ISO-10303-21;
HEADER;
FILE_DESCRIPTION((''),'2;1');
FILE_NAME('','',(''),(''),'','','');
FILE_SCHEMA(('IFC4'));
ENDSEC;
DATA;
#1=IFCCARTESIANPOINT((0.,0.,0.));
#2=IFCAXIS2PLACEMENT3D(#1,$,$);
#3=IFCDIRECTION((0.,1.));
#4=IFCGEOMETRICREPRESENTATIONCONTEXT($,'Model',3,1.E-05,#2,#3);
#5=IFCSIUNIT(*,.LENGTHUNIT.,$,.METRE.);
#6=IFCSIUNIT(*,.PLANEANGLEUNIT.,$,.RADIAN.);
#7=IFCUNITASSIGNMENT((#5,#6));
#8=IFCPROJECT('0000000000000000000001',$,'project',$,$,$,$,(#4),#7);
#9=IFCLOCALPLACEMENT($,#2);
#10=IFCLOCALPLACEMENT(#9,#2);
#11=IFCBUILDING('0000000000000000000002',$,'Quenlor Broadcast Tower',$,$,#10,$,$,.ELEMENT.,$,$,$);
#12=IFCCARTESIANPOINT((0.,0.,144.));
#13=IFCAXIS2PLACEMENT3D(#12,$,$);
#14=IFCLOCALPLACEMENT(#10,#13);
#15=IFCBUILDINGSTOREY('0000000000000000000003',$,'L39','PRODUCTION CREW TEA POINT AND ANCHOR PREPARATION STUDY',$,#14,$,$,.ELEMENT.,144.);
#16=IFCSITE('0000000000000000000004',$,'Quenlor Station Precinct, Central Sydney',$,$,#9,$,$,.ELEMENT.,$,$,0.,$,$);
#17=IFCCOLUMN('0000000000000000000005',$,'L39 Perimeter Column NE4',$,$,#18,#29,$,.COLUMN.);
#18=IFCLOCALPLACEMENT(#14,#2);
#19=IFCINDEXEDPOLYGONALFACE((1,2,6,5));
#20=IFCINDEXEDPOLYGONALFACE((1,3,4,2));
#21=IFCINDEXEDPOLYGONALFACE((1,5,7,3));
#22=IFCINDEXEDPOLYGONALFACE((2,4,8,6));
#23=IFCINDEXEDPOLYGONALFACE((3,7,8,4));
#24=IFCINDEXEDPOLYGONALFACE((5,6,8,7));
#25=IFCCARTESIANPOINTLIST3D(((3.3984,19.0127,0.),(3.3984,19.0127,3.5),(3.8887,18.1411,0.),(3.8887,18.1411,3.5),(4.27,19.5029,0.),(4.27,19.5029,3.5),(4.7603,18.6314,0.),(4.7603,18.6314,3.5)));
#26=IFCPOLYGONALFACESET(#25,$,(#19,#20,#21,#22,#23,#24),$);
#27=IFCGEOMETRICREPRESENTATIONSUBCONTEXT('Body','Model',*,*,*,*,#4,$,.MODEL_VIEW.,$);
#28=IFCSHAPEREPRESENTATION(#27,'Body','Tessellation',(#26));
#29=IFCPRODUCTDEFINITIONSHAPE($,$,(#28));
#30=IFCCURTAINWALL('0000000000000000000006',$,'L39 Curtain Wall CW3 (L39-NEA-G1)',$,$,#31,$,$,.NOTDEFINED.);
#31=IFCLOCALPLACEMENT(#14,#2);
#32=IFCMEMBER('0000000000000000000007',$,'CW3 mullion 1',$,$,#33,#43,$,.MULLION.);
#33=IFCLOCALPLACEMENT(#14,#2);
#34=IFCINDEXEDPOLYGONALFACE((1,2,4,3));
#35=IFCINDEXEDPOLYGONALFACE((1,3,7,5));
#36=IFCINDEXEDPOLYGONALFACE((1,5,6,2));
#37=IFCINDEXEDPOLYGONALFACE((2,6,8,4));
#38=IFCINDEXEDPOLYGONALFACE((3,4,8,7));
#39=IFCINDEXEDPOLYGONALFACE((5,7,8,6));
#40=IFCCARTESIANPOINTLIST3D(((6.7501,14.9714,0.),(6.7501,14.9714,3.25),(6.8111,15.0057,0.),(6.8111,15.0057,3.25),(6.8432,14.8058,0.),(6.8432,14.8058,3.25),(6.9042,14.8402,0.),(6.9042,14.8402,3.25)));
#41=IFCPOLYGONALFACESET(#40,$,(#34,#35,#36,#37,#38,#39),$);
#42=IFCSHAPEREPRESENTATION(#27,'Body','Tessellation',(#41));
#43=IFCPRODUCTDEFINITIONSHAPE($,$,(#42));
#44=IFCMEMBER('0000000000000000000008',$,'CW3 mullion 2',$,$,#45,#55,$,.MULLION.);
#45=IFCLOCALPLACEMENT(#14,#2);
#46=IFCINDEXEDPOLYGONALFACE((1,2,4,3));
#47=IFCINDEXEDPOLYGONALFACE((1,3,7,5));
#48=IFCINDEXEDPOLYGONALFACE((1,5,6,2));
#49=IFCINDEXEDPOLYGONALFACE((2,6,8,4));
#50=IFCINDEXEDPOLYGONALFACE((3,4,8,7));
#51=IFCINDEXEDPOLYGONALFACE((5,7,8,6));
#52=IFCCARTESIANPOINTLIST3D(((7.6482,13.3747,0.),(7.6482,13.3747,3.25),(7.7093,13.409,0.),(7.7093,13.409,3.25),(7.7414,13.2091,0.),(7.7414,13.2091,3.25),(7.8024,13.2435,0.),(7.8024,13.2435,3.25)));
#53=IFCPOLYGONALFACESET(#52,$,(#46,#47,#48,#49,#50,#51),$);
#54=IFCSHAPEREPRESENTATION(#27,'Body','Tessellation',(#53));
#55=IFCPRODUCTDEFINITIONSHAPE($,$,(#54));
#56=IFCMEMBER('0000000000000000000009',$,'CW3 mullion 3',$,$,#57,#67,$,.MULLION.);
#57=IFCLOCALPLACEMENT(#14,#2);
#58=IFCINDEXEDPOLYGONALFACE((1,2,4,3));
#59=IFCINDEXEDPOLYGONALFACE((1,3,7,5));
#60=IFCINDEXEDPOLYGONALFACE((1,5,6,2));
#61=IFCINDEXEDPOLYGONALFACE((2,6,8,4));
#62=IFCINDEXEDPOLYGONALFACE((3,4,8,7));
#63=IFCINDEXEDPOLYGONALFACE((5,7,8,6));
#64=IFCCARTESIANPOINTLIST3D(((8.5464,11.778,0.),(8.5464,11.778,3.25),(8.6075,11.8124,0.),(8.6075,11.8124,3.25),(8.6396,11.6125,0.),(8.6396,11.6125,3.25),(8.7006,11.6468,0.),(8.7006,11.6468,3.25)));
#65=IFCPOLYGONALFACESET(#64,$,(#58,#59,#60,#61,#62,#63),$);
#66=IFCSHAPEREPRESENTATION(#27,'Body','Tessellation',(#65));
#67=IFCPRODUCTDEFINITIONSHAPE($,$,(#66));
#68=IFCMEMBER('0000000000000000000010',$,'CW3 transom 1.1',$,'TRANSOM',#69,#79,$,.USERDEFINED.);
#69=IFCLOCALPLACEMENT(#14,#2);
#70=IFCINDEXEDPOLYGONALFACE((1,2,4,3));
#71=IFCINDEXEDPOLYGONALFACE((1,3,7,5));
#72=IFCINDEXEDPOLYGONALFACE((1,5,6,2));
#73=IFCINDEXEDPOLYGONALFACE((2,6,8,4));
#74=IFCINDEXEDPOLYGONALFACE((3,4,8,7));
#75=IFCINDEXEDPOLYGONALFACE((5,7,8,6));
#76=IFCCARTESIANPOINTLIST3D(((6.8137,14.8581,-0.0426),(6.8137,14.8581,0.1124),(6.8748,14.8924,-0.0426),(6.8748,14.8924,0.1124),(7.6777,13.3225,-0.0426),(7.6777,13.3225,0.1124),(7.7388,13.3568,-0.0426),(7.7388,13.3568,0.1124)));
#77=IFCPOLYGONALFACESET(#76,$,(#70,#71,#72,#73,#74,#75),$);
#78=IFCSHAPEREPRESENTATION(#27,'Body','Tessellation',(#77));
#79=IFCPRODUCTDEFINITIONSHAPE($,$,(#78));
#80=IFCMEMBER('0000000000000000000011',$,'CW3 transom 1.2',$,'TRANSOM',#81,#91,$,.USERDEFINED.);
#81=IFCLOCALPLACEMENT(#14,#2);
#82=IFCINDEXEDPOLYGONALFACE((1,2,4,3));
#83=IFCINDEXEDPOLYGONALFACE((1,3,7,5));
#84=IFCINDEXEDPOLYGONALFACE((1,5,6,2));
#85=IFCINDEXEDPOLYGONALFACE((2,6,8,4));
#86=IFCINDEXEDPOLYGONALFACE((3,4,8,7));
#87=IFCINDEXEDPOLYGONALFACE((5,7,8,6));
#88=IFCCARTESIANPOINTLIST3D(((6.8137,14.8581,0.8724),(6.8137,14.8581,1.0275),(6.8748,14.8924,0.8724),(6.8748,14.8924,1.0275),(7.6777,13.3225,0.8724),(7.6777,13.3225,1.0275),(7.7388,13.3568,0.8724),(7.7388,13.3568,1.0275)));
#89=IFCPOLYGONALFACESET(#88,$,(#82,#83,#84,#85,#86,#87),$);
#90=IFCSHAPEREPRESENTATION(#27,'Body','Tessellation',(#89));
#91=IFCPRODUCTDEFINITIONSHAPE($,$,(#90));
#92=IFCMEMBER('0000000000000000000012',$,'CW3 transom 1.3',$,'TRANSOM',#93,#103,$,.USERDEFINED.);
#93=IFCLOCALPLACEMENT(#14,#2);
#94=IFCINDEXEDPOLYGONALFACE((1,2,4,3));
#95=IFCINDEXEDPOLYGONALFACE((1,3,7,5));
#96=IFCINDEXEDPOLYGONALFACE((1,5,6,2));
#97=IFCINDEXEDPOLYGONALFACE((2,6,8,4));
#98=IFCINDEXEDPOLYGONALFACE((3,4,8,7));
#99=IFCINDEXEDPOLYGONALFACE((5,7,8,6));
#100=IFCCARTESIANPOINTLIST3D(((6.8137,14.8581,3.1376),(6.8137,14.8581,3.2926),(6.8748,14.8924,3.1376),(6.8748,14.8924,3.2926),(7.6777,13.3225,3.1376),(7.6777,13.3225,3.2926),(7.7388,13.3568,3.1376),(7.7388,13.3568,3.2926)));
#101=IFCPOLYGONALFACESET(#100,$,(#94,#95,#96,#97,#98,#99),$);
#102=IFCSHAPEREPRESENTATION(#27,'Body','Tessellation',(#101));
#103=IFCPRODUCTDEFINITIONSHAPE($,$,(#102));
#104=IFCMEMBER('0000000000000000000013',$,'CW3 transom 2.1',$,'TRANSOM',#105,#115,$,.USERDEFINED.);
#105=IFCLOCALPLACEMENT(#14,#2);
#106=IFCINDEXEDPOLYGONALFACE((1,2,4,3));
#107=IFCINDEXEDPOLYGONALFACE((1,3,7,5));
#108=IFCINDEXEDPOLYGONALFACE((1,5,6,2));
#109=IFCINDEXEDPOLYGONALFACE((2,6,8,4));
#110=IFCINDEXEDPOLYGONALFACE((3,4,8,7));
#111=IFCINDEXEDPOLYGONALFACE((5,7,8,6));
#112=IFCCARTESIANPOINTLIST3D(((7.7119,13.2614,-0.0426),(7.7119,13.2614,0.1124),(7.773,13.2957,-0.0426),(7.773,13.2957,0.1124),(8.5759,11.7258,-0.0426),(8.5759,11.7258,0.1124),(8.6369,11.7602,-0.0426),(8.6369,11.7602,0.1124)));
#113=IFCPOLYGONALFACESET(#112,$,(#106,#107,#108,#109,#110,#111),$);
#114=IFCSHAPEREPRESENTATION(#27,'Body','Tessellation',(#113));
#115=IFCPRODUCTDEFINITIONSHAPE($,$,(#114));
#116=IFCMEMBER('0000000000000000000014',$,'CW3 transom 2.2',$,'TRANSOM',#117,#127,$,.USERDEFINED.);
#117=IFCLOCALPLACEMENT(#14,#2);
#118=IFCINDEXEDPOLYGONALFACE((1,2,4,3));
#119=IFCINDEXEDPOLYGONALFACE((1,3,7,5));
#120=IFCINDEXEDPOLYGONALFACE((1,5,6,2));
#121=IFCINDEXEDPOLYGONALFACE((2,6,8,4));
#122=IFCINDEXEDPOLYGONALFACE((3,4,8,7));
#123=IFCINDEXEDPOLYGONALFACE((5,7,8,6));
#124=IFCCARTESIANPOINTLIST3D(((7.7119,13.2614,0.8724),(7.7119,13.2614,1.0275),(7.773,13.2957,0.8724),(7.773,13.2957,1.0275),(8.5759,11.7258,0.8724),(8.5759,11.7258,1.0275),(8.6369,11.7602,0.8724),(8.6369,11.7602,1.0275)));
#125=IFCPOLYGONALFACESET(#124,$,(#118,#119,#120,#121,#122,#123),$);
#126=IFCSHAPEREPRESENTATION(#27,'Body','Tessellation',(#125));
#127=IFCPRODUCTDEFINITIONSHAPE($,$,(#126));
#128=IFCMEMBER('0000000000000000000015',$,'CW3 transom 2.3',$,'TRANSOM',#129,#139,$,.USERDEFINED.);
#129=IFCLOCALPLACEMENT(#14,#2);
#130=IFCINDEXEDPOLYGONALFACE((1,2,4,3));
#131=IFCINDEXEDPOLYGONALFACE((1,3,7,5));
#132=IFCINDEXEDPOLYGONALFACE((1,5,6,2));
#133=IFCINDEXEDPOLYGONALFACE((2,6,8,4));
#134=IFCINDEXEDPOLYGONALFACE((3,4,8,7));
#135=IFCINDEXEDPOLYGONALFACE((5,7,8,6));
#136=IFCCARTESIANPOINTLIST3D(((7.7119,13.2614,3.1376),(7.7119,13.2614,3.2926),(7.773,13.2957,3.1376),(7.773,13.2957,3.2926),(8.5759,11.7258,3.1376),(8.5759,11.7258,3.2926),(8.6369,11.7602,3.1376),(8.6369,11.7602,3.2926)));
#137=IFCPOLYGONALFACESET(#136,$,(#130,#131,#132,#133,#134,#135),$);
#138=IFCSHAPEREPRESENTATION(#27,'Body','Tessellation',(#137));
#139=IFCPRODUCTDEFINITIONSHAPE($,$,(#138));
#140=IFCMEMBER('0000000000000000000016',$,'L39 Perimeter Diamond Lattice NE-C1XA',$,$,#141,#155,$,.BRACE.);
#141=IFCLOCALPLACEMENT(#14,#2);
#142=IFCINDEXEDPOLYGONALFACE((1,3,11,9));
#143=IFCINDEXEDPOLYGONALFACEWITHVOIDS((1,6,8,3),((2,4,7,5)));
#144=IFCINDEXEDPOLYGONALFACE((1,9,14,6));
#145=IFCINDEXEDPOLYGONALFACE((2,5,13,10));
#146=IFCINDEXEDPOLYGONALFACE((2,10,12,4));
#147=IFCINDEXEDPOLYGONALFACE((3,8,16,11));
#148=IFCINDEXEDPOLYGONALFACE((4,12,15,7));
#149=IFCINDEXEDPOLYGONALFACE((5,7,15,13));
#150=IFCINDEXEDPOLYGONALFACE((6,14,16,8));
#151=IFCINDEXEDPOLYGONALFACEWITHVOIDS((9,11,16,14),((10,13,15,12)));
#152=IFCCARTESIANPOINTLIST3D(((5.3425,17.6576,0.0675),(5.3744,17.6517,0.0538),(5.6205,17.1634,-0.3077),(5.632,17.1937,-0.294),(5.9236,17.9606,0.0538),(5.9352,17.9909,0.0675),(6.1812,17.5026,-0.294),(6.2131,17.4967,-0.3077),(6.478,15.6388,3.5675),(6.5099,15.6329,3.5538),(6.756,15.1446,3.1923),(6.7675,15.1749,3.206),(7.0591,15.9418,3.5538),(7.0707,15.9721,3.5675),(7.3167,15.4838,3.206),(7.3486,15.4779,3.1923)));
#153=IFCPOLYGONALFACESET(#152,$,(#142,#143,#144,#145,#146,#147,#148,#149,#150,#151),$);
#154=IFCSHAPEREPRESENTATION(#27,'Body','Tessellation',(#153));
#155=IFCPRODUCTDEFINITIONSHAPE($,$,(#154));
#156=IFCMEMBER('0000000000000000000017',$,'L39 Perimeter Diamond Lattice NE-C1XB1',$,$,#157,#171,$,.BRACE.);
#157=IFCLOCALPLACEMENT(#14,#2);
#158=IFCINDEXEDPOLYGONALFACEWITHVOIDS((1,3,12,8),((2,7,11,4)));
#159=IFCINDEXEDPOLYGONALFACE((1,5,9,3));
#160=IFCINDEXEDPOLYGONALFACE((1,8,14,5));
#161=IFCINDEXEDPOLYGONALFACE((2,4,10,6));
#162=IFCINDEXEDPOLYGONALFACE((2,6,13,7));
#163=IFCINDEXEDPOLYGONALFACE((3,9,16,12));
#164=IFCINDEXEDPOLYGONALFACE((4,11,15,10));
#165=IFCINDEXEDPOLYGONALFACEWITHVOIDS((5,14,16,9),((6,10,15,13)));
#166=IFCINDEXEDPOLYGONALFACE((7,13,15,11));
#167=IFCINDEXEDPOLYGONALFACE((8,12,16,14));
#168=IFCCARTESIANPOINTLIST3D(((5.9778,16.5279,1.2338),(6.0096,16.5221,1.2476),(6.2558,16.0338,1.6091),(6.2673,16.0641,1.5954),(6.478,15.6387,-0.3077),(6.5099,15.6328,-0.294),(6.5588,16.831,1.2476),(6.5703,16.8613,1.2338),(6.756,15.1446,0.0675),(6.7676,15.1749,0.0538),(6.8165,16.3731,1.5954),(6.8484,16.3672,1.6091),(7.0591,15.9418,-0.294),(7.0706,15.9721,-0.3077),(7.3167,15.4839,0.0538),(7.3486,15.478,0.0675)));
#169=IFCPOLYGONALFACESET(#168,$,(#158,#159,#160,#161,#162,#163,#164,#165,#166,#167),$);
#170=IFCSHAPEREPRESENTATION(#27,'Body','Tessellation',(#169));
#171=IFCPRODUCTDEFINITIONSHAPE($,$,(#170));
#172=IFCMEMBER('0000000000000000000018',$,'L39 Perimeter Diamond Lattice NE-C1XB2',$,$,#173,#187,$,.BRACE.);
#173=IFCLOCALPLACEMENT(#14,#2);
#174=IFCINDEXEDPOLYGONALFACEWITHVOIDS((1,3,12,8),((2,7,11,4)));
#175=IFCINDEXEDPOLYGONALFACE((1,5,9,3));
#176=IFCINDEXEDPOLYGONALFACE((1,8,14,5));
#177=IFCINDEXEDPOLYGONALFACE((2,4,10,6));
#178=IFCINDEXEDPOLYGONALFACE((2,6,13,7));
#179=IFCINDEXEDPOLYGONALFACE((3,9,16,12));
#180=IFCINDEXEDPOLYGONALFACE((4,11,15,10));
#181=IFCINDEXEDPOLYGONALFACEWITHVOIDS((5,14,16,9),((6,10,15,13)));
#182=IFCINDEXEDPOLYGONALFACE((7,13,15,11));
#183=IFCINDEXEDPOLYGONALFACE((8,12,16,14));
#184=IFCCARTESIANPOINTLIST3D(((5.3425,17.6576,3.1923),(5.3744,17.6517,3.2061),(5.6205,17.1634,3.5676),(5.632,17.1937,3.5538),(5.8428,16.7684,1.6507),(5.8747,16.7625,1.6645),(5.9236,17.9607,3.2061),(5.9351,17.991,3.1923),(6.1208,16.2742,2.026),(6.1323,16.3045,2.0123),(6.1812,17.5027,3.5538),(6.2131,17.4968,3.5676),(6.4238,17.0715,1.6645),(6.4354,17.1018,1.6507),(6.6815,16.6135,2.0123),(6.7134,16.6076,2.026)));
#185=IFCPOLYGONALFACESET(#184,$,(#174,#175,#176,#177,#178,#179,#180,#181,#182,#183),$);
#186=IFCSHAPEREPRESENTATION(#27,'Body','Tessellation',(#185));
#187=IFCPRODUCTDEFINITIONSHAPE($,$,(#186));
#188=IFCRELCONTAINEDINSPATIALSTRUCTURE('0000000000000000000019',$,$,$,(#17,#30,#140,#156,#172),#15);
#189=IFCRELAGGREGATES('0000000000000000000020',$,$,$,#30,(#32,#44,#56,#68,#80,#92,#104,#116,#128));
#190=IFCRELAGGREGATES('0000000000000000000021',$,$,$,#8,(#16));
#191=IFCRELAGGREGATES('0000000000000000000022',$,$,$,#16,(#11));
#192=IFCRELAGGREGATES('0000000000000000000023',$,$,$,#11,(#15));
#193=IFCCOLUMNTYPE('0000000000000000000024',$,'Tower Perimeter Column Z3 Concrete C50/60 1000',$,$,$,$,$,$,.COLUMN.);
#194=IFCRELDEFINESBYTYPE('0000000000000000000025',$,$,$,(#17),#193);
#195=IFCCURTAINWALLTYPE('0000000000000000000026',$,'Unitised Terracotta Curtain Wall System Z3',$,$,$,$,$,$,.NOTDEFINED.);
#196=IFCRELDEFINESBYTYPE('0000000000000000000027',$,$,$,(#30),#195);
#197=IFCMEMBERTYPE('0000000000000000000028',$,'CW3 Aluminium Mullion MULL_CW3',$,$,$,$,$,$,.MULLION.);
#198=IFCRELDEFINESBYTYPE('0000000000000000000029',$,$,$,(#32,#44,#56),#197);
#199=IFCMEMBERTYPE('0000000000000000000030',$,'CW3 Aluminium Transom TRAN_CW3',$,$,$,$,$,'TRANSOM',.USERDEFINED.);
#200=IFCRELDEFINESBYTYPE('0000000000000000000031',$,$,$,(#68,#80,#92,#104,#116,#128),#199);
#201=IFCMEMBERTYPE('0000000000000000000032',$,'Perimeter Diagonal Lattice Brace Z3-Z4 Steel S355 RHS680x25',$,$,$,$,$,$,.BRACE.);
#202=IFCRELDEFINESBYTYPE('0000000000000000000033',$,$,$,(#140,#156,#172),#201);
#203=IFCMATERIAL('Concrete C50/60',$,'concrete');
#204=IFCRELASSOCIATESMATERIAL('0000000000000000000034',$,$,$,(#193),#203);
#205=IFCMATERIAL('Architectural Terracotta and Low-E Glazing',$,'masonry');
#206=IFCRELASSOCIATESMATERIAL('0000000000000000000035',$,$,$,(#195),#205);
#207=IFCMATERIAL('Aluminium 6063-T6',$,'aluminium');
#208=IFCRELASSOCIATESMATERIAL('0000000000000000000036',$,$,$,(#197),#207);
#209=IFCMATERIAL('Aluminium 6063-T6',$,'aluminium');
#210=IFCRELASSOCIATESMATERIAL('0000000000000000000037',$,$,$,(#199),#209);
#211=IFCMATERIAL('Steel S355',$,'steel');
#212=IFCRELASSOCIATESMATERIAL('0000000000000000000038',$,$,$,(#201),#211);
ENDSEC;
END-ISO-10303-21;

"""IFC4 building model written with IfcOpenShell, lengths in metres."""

from ifc_helpers import new_model, si_unit, direction, frame, origin, origin_2d, place, context, subcontext, project, spatial, rectangle, hollow_rectangle, extrude, material, material_profile, profile_set, type_object, element, aggregate, save


model = new_model("IFC4")

# Units and contexts
model_context = context("Model", 3, precision=1e-05, world=origin(), true_north=direction((0.0, 1.0)))
body_context = subcontext(model_context, "Body", "Model", "MODEL_VIEW")
ifc_project = project(units=[si_unit("LENGTHUNIT", "METRE"), si_unit("PLANEANGLEUNIT", "RADIAN")], contexts=[model_context])

# Site, building, storey
site_placement = place(None, origin())
site = spatial("IfcSite", under=ifc_project, at=site_placement, Name="Quenlor Station Precinct, Central Sydney", CompositionType="ELEMENT", RefElevation=0.0)
building_placement = place(site_placement, origin())
building = spatial("IfcBuilding", under=site, at=building_placement, Name="Quenlor Broadcast Tower", CompositionType="ELEMENT")
storey_placement = place(building_placement, frame((0.0, 0.0, 144.0)))
storey = spatial("IfcBuildingStorey", under=building, at=storey_placement, Name="L39", Description="PRODUCTION CREW TEA POINT AND ANCHOR PREPARATION STUDY", CompositionType="ELEMENT", Elevation=144.0)

# Column
ifc_material_1 = material(Name="Concrete C50/60", Category="concrete")
ifc_material_profile_1 = material_profile(ifc_material_1, rectangle(XDim=1.0, YDim=1.0, at=origin_2d()))
ifc_profile_set_1 = profile_set([ifc_material_profile_1], Name="Concrete C50/60 RC1000x1000")
column_type = type_object("IfcColumnType", Name="Tower Perimeter Column Z3 Concrete C50/60 1000", PredefinedType="COLUMN", material=ifc_profile_set_1)
column_placement = place(storey_placement, frame((4.0793, 18.822, 0.0), z_axis=(0.0, 0.0, 1.0), x_axis=(0.871575, 0.490262, 0.0)))
element("IfcColumn", 1, at=column_placement, inside=storey, type_object=column_type, Name="L39 Perimeter Column NE4", PredefinedType="COLUMN", context=body_context, shape_type="SweptSolid", body=[
    extrude(rectangle(XDim=1.0, YDim=1.0, at=origin_2d()), origin(), (0.0, 0.0, 1.0), 3.5),
])

# Curtain wall, members
ifc_material_2 = material(Name="Architectural Terracotta and Low-E Glazing", Category="masonry")
curtain_wall_type = type_object("IfcCurtainWallType", Name="Unitised Terracotta Curtain Wall System Z3", PredefinedType="NOTDEFINED", material=ifc_material_2)
curtain_wall_placement = place(storey_placement, origin())
curtain_wall = element("IfcCurtainWall", 2, at=curtain_wall_placement, inside=storey, type_object=curtain_wall_type, Name="L39 Curtain Wall CW3 (L39-NEA-G1)", PredefinedType="NOTDEFINED")
ifc_material_3 = material(Name="Aluminium 6063-T6", Category="aluminium")
ifc_material_profile_2 = material_profile(ifc_material_3, rectangle(XDim=0.0701, YDim=0.1899, at=origin_2d()))
ifc_profile_set_2 = profile_set([ifc_material_profile_2], Name="Aluminium 6063-T6 MULL70x190")
member_type_1 = type_object("IfcMemberType", Name="CW3 Aluminium Mullion MULL_CW3", PredefinedType="MULLION", material=ifc_profile_set_2)
member_1_placement = place(storey_placement, frame((6.8271, 14.9058, 0.0), z_axis=(0.0, 0.0, 1.0), x_axis=(0.871571, 0.49027, 0.0)))
member_1 = element("IfcMember", 3, at=member_1_placement, type_object=member_type_1, Name="CW3 mullion 1", PredefinedType="MULLION", context=body_context, shape_type="SweptSolid", body=[
    extrude(rectangle(XDim=0.0701, YDim=0.1899, at=origin_2d()), origin(), (0.0, 0.0, 1.0), 3.25),
])
member_2_placement = place(storey_placement, frame((7.7253, 13.3091, 0.0), z_axis=(0.0, 0.0, 1.0), x_axis=(0.871571, 0.49027, 0.0)))
member_2 = element("IfcMember", 4, at=member_2_placement, type_object=member_type_1, Name="CW3 mullion 2", PredefinedType="MULLION", context=body_context, shape_type="SweptSolid", body=[
    extrude(rectangle(XDim=0.0701, YDim=0.1899, at=origin_2d()), origin(), (0.0, 0.0, 1.0), 3.25),
])
member_3_placement = place(storey_placement, frame((8.6235, 11.7124, 0.0), z_axis=(0.0, 0.0, 1.0), x_axis=(0.871571, 0.49027, 0.0)))
member_3 = element("IfcMember", 5, at=member_3_placement, type_object=member_type_1, Name="CW3 mullion 3", PredefinedType="MULLION", context=body_context, shape_type="SweptSolid", body=[
    extrude(rectangle(XDim=0.0701, YDim=0.1899, at=origin_2d()), origin(), (0.0, 0.0, 1.0), 3.25),
])
ifc_material_4 = material(Name="Aluminium 6063-T6", Category="aluminium")
ifc_material_profile_3 = material_profile(ifc_material_4, rectangle(XDim=0.0701, YDim=0.155, at=origin_2d()))
ifc_profile_set_3 = profile_set([ifc_material_profile_3], Name="Aluminium 6063-T6 TRAN70x155")
member_type_2 = type_object("IfcMemberType", Name="CW3 Aluminium Transom TRAN_CW3", ElementType="TRANSOM", PredefinedType="USERDEFINED", material=ifc_profile_set_3)
member_4_placement = place(storey_placement, frame((6.8442, 14.8752, 0.0349), z_axis=(0.490353, -0.871524, 0.0), x_axis=(0.871524, 0.490353, 0.0)))
member_4 = element("IfcMember", 6, at=member_4_placement, type_object=member_type_2, Name="CW3 transom 1.1", ObjectType="TRANSOM", PredefinedType="USERDEFINED", context=body_context, shape_type="SweptSolid", body=[
    extrude(rectangle(XDim=0.0701, YDim=0.155, at=origin_2d()), origin(), (0.0, 0.0, 1.0), 1.762),
])
member_5_placement = place(storey_placement, frame((6.8442, 14.8752, 0.95), z_axis=(0.490353, -0.871524, 0.0), x_axis=(0.871524, 0.490353, 0.0)))
member_5 = element("IfcMember", 7, at=member_5_placement, type_object=member_type_2, Name="CW3 transom 1.2", ObjectType="TRANSOM", PredefinedType="USERDEFINED", context=body_context, shape_type="SweptSolid", body=[
    extrude(rectangle(XDim=0.0701, YDim=0.155, at=origin_2d()), origin(), (0.0, 0.0, 1.0), 1.762),
])
member_6_placement = place(storey_placement, frame((6.8442, 14.8752, 3.2151), z_axis=(0.490353, -0.871524, 0.0), x_axis=(0.871524, 0.490353, 0.0)))
member_6 = element("IfcMember", 8, at=member_6_placement, type_object=member_type_2, Name="CW3 transom 1.3", ObjectType="TRANSOM", PredefinedType="USERDEFINED", context=body_context, shape_type="SweptSolid", body=[
    extrude(rectangle(XDim=0.0701, YDim=0.155, at=origin_2d()), origin(), (0.0, 0.0, 1.0), 1.762),
])
member_7_placement = place(storey_placement, frame((7.7424, 13.2786, 0.0349), z_axis=(0.490353, -0.871524, 0.0), x_axis=(0.871524, 0.490353, 0.0)))
member_7 = element("IfcMember", 9, at=member_7_placement, type_object=member_type_2, Name="CW3 transom 2.1", ObjectType="TRANSOM", PredefinedType="USERDEFINED", context=body_context, shape_type="SweptSolid", body=[
    extrude(rectangle(XDim=0.0701, YDim=0.155, at=origin_2d()), origin(), (0.0, 0.0, 1.0), 1.762),
])
member_8_placement = place(storey_placement, frame((7.7424, 13.2786, 0.95), z_axis=(0.490353, -0.871524, 0.0), x_axis=(0.871524, 0.490353, 0.0)))
member_8 = element("IfcMember", 10, at=member_8_placement, type_object=member_type_2, Name="CW3 transom 2.2", ObjectType="TRANSOM", PredefinedType="USERDEFINED", context=body_context, shape_type="SweptSolid", body=[
    extrude(rectangle(XDim=0.0701, YDim=0.155, at=origin_2d()), origin(), (0.0, 0.0, 1.0), 1.762),
])
member_9_placement = place(storey_placement, frame((7.7424, 13.2786, 3.2151), z_axis=(0.490353, -0.871524, 0.0), x_axis=(0.871524, 0.490353, 0.0)))
member_9 = element("IfcMember", 11, at=member_9_placement, type_object=member_type_2, Name="CW3 transom 2.3", ObjectType="TRANSOM", PredefinedType="USERDEFINED", context=body_context, shape_type="SweptSolid", body=[
    extrude(rectangle(XDim=0.0701, YDim=0.155, at=origin_2d()), origin(), (0.0, 0.0, 1.0), 1.762),
])

# Members
ifc_material_5 = material(Name="Steel S355", Category="steel")
ifc_material_profile_4 = material_profile(ifc_material_5, hollow_rectangle(XDim=0.6799, YDim=0.6799, WallThickness=0.0249, at=origin_2d()))
ifc_profile_set_4 = profile_set([ifc_material_profile_4], Name="Steel S355 RHS680x680x25")
member_type_3 = type_object("IfcMemberType", Name="Perimeter Diagonal Lattice Brace Z3-Z4 Steel S355 RHS680x25", PredefinedType="BRACE", material=ifc_profile_set_4)
member_10_placement = place(storey_placement, frame((5.7778, 17.5771, -0.1201), z_axis=(0.270549, -0.481009, 0.833927), x_axis=(0.87159, 0.490236, 0.0)))
element("IfcMember", 12, at=member_10_placement, inside=storey, type_object=member_type_3, Name="L39 Perimeter Diamond Lattice NE-C1XA", PredefinedType="BRACE", context=body_context, shape_type="SweptSolid", body=[
    extrude(hollow_rectangle(XDim=0.6799, YDim=0.6799, WallThickness=0.0249, at=origin_2d()), origin(), (0.0, 0.0, 1.0), 4.197),
])
for number, where, z_axis, x_axis, name in (
    (13, (6.9133, 15.5583, -0.1201), (-0.270616, 0.481008, 0.833905), (-0.871537, -0.490329, 0.0), "L39 Perimeter Diamond Lattice NE-C1XB1"),
    (14, (6.2781, 16.688, 1.8384), (-0.270616, 0.481008, 0.833905), (-0.871537, -0.490329, 0.0), "L39 Perimeter Diamond Lattice NE-C1XB2"),
):
    element("IfcMember", number, at=place(storey_placement, frame(where, z_axis=z_axis, x_axis=x_axis)), inside=storey, type_object=member_type_3, Name=name, PredefinedType="BRACE", context=body_context, shape_type="SweptSolid", body=[
        extrude(hollow_rectangle(XDim=0.6799, YDim=0.6799, WallThickness=0.0249, at=origin_2d()), origin(), (0.0, 0.0, 1.0), 1.8486),
    ])

aggregate(curtain_wall, [member_1, member_2, member_3, member_4, member_5, member_6, member_7, member_8, member_9])

save(model, "model.ifc")
